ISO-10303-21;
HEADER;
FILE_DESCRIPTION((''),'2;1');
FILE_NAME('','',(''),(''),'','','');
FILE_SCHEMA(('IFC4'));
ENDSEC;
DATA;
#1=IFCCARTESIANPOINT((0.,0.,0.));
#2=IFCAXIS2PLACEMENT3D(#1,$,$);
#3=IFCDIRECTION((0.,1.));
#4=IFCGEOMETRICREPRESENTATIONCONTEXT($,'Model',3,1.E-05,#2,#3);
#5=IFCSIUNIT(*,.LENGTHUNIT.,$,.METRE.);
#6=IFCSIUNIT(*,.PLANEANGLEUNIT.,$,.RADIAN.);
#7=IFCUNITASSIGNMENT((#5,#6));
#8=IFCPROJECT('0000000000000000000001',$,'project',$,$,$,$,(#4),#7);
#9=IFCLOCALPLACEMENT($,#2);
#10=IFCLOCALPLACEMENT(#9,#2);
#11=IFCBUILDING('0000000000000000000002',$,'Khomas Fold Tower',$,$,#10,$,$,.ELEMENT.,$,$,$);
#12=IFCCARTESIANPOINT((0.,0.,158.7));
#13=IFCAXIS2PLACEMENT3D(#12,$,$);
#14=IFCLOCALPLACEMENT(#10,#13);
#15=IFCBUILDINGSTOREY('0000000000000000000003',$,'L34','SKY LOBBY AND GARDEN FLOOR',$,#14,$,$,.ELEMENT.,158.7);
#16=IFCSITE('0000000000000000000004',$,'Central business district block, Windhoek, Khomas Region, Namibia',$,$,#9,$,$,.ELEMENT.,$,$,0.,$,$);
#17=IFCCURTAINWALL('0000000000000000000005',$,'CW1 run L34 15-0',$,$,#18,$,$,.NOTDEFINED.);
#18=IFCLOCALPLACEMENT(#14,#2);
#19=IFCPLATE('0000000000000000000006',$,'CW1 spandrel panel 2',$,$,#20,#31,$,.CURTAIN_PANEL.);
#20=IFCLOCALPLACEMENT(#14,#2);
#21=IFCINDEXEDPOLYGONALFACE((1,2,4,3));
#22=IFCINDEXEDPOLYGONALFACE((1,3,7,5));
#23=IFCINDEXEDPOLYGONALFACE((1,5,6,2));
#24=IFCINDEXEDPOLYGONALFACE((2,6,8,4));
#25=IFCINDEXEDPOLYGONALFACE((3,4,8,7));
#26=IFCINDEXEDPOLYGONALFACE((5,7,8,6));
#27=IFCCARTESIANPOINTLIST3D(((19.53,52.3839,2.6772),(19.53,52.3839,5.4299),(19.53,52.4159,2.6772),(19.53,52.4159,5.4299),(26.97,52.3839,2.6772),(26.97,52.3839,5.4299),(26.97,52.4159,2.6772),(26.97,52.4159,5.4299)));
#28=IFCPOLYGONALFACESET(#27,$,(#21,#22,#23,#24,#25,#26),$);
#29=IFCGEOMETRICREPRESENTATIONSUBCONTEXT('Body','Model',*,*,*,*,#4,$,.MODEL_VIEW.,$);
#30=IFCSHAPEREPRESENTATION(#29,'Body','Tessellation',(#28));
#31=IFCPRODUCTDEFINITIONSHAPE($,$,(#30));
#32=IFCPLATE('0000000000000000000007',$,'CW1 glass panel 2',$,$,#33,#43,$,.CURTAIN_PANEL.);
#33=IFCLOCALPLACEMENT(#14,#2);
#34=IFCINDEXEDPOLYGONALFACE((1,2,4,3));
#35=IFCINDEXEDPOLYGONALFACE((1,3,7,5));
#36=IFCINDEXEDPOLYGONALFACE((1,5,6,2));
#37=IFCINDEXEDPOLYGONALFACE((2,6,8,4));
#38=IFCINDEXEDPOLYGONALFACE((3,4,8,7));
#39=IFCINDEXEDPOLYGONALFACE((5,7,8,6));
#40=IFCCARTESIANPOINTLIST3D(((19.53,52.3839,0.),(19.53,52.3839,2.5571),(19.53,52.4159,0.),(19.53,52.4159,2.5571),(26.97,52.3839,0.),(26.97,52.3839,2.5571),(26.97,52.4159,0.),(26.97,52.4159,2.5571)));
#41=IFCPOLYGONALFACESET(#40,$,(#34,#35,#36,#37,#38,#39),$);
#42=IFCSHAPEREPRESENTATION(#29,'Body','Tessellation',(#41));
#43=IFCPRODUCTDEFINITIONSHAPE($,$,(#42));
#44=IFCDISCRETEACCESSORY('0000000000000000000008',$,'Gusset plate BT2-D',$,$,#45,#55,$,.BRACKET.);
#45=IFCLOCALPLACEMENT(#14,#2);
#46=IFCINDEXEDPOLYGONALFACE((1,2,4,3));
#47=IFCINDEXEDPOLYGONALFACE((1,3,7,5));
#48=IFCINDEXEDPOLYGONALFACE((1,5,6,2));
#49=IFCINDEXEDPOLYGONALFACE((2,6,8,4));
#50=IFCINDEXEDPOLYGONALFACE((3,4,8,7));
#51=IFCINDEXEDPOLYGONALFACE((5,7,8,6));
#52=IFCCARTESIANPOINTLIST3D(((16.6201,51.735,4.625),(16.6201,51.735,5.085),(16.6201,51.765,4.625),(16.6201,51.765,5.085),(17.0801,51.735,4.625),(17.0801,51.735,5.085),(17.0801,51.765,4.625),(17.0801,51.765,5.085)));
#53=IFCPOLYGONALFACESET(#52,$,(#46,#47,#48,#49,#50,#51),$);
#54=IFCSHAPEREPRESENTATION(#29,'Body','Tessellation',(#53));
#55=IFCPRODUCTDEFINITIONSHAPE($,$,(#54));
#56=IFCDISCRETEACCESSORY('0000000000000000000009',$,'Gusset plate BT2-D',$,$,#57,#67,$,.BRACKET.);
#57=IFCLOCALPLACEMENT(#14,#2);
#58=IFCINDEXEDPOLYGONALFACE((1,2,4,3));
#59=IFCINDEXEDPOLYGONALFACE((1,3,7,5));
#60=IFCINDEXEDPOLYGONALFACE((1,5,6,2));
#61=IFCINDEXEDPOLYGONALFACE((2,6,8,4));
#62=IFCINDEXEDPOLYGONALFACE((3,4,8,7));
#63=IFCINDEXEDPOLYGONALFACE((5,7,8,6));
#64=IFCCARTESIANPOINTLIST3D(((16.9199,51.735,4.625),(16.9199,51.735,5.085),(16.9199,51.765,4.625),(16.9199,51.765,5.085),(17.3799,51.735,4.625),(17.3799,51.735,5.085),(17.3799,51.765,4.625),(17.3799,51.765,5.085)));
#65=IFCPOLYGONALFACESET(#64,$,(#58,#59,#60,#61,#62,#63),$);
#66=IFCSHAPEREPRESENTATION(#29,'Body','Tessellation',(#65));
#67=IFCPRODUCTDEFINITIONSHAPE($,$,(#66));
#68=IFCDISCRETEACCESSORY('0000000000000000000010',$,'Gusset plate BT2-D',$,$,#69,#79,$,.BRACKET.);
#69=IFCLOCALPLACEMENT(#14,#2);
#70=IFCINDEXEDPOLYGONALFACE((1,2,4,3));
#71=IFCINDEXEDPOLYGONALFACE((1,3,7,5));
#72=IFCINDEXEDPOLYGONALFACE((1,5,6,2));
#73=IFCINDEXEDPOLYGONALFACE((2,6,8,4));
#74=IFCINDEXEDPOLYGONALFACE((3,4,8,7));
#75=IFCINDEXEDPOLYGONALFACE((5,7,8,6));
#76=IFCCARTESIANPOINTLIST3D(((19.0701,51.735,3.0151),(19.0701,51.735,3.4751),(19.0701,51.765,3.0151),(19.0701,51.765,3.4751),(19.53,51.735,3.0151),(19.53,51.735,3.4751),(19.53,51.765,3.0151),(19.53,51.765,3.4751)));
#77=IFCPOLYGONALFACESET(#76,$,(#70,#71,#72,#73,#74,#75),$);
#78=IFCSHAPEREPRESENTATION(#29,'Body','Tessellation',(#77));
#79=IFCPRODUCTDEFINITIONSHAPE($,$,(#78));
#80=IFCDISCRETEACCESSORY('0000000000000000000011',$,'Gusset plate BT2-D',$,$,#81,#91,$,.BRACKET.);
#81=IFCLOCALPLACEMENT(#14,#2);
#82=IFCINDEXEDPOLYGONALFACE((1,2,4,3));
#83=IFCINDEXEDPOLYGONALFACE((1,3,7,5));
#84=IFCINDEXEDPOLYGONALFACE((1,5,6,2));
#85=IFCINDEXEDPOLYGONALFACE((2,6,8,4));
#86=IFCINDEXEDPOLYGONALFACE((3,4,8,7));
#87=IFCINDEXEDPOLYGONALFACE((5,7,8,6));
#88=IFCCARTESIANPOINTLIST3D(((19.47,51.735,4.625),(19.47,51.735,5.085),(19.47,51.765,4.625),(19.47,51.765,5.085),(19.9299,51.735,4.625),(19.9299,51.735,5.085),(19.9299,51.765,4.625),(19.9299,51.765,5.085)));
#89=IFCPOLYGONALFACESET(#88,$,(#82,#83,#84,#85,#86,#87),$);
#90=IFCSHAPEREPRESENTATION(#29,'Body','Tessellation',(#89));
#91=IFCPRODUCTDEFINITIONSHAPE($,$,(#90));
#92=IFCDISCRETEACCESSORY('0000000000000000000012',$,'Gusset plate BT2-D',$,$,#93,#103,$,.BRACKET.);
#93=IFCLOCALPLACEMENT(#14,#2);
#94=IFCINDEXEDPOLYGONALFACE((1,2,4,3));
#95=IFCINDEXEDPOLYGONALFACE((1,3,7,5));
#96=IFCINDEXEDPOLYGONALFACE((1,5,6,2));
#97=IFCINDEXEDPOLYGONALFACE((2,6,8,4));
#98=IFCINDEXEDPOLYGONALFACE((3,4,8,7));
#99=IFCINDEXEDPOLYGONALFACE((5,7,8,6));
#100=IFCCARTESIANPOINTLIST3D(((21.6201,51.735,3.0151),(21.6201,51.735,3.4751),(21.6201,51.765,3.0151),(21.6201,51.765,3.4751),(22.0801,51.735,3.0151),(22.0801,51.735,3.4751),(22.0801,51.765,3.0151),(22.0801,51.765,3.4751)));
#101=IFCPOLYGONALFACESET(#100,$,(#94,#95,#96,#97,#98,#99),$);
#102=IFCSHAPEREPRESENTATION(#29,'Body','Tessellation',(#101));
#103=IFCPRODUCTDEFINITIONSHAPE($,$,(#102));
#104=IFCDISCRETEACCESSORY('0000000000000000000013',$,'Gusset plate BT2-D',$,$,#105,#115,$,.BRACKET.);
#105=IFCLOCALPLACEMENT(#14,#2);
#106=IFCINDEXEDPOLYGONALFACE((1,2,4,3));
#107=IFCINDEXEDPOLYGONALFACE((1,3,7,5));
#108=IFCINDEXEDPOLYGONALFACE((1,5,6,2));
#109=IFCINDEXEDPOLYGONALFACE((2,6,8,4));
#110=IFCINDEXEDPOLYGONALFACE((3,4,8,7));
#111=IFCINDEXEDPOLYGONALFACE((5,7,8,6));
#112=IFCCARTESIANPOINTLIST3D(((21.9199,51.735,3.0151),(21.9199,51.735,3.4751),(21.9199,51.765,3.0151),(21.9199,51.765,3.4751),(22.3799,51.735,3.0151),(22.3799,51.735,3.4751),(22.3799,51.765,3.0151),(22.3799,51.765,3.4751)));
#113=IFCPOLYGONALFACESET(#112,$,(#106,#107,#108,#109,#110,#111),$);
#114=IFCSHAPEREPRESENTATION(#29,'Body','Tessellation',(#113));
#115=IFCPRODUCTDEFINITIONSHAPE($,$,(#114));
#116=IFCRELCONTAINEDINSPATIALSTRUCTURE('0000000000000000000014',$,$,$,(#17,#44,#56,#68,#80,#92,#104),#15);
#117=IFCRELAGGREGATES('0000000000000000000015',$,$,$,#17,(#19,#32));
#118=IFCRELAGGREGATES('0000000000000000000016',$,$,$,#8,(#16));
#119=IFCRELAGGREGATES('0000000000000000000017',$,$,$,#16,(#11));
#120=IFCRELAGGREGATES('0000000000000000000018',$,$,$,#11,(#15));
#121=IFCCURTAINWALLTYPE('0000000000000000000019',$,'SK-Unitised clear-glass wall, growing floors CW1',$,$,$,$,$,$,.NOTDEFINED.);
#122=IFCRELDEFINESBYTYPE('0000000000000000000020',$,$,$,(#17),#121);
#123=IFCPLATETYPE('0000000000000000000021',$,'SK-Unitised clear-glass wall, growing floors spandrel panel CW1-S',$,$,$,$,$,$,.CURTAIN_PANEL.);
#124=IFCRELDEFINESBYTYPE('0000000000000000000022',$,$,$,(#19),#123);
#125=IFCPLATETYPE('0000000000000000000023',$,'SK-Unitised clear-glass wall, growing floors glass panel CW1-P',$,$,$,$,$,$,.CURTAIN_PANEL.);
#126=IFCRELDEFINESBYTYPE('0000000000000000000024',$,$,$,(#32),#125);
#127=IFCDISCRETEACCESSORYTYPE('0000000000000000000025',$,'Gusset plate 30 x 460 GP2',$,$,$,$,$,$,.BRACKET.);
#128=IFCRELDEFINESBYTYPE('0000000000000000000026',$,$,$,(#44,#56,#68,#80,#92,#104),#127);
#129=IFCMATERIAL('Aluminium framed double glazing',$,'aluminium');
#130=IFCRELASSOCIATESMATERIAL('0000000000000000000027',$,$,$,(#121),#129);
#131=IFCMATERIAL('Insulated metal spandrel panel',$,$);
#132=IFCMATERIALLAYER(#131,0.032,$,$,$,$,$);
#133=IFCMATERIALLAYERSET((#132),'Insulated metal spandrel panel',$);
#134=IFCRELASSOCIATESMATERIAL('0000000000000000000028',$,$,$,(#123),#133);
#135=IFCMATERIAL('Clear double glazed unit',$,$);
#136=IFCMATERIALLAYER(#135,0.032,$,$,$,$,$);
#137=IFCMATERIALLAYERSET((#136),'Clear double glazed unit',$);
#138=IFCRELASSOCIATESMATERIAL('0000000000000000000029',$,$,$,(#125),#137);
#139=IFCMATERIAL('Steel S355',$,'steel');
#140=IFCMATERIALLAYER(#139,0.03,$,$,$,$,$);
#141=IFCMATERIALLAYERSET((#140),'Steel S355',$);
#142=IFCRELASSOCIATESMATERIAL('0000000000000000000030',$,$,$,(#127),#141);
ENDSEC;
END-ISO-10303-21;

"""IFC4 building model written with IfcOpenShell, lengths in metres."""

from ifc_helpers import new_model, si_unit, direction, frame, origin, origin_2d, place, context, subcontext, project, spatial, rectangle, extrude, source, transform, mapped, material, layer, layer_set, type_object, element, aggregate, save


model = new_model("IFC4")

# Units and contexts
model_context = context("Model", 3, precision=1e-05, world=origin(), true_north=direction((0.0, 1.0)))
body_context = subcontext(model_context, "Body", "Model", "MODEL_VIEW")
ifc_project = project(units=[si_unit("LENGTHUNIT", "METRE"), si_unit("PLANEANGLEUNIT", "RADIAN")], contexts=[model_context])

# Site, building, storey
site_placement = place(None, origin())
site = spatial("IfcSite", under=ifc_project, at=site_placement, Name="Central business district block, Windhoek, Khomas Region, Namibia", CompositionType="ELEMENT", RefElevation=0.0)
building_placement = place(site_placement, origin())
building = spatial("IfcBuilding", under=site, at=building_placement, Name="Khomas Fold Tower", CompositionType="ELEMENT")
storey_placement = place(building_placement, frame((0.0, 0.0, 158.7)))
storey = spatial("IfcBuildingStorey", under=building, at=storey_placement, Name="L34", Description="SKY LOBBY AND GARDEN FLOOR", CompositionType="ELEMENT", Elevation=158.7)

# Curtain wall, plates
ifc_material_1 = material(Name="Aluminium framed double glazing", Category="aluminium")
curtain_wall_type = type_object("IfcCurtainWallType", Name="SK-Unitised clear-glass wall, growing floors CW1", PredefinedType="NOTDEFINED", material=ifc_material_1)
curtain_wall_placement = place(storey_placement, origin())
curtain_wall = element("IfcCurtainWall", 1, at=curtain_wall_placement, inside=storey, type_object=curtain_wall_type, Name="CW1 run L34 15-0", PredefinedType="NOTDEFINED")
ifc_material_2 = material(Name="Insulated metal spandrel panel")
ifc_layer_1 = layer(ifc_material_2, 0.032)
ifc_layer_set_1 = layer_set([ifc_layer_1], Name="Insulated metal spandrel panel")
plate_type_1 = type_object("IfcPlateType", Name="SK-Unitised clear-glass wall, growing floors spandrel panel CW1-S", PredefinedType="CURTAIN_PANEL", material=ifc_layer_set_1)
shared_shape_1 = source(origin(), body_context, "Body", "SweptSolid", [
    extrude(rectangle(XDim=7.4399, YDim=0.032, at=origin_2d()), origin(), (0.0, 0.0, 1.0), 2.7527),
])
plate_1_placement = place(storey_placement, frame((23.25, 52.3999, 2.6772), z_axis=(0.0, 0.0, 1.0), x_axis=(-1.0, 0.0, 0.0)))
plate_1 = element("IfcPlate", 2, at=plate_1_placement, type_object=plate_type_1, Name="CW1 spandrel panel 2", PredefinedType="CURTAIN_PANEL", context=body_context, shape_type="MappedRepresentation", body=[
    mapped(shared_shape_1, transform((0.0, 0.0, 0.0))),
])
ifc_material_3 = material(Name="Clear double glazed unit")
ifc_layer_2 = layer(ifc_material_3, 0.032)
ifc_layer_set_2 = layer_set([ifc_layer_2], Name="Clear double glazed unit")
plate_type_2 = type_object("IfcPlateType", Name="SK-Unitised clear-glass wall, growing floors glass panel CW1-P", PredefinedType="CURTAIN_PANEL", material=ifc_layer_set_2)
shared_shape_2 = source(origin(), body_context, "Body", "SweptSolid", [
    extrude(rectangle(XDim=7.4399, YDim=0.032, at=origin_2d()), origin(), (0.0, 0.0, 1.0), 2.5571),
])
plate_2_placement = place(storey_placement, frame((23.25, 52.3999, 0.0), z_axis=(0.0, 0.0, 1.0), x_axis=(-1.0, 0.0, 0.0)))
plate_2 = element("IfcPlate", 3, at=plate_2_placement, type_object=plate_type_2, Name="CW1 glass panel 2", PredefinedType="CURTAIN_PANEL", context=body_context, shape_type="MappedRepresentation", body=[
    mapped(shared_shape_2, transform((0.0, 0.0, 0.0))),
])
aggregate(curtain_wall, [plate_1, plate_2])

# Discrete accessories
ifc_material_4 = material(Name="Steel S355", Category="steel")
ifc_layer_3 = layer(ifc_material_4, 0.03)
ifc_layer_set_3 = layer_set([ifc_layer_3], Name="Steel S355")
discrete_accessory_type = type_object("IfcDiscreteAccessoryType", Name="Gusset plate 30 x 460 GP2", PredefinedType="BRACKET", material=ifc_layer_set_3)
shared_shape_3 = source(origin(), body_context, "Body", "SweptSolid", [
    extrude(rectangle(XDim=0.46, YDim=0.03, at=origin_2d()), origin(), (0.0, 0.0, 1.0), 0.46),
])
for number, where, z_axis, x_axis, name in (
    (4, (16.8501, 51.75, 4.625), (0.0, 0.0, 1.0), (1.0, 0.0, 0.0), "Gusset plate BT2-D"),
    (5, (17.1499, 51.75, 4.625), (0.0, 0.0, 1.0), (1.0, 0.0, 0.0), "Gusset plate BT2-D"),
    (6, (19.3, 51.75, 3.0151), (0.0, 0.0, 1.0), (1.0, 0.0, 0.0), "Gusset plate BT2-D"),
    (7, (19.7, 51.75, 4.625), (0.0, 0.0, 1.0), (1.0, 0.0, 0.0), "Gusset plate BT2-D"),
    (8, (21.8501, 51.75, 3.0151), (0.0, 0.0, 1.0), (1.0, 0.0, 0.0), "Gusset plate BT2-D"),
    (9, (22.1499, 51.75, 3.0151), (0.0, 0.0, 1.0), (1.0, 0.0, 0.0), "Gusset plate BT2-D"),
):
    element("IfcDiscreteAccessory", number, at=place(storey_placement, frame(where, z_axis=z_axis, x_axis=x_axis)), inside=storey, type_object=discrete_accessory_type, Name=name, PredefinedType="BRACKET", context=body_context, shape_type="MappedRepresentation", body=[
        mapped(shared_shape_3, transform((0.0, 0.0, 0.0))),
    ])

save(model, "model.ifc")
